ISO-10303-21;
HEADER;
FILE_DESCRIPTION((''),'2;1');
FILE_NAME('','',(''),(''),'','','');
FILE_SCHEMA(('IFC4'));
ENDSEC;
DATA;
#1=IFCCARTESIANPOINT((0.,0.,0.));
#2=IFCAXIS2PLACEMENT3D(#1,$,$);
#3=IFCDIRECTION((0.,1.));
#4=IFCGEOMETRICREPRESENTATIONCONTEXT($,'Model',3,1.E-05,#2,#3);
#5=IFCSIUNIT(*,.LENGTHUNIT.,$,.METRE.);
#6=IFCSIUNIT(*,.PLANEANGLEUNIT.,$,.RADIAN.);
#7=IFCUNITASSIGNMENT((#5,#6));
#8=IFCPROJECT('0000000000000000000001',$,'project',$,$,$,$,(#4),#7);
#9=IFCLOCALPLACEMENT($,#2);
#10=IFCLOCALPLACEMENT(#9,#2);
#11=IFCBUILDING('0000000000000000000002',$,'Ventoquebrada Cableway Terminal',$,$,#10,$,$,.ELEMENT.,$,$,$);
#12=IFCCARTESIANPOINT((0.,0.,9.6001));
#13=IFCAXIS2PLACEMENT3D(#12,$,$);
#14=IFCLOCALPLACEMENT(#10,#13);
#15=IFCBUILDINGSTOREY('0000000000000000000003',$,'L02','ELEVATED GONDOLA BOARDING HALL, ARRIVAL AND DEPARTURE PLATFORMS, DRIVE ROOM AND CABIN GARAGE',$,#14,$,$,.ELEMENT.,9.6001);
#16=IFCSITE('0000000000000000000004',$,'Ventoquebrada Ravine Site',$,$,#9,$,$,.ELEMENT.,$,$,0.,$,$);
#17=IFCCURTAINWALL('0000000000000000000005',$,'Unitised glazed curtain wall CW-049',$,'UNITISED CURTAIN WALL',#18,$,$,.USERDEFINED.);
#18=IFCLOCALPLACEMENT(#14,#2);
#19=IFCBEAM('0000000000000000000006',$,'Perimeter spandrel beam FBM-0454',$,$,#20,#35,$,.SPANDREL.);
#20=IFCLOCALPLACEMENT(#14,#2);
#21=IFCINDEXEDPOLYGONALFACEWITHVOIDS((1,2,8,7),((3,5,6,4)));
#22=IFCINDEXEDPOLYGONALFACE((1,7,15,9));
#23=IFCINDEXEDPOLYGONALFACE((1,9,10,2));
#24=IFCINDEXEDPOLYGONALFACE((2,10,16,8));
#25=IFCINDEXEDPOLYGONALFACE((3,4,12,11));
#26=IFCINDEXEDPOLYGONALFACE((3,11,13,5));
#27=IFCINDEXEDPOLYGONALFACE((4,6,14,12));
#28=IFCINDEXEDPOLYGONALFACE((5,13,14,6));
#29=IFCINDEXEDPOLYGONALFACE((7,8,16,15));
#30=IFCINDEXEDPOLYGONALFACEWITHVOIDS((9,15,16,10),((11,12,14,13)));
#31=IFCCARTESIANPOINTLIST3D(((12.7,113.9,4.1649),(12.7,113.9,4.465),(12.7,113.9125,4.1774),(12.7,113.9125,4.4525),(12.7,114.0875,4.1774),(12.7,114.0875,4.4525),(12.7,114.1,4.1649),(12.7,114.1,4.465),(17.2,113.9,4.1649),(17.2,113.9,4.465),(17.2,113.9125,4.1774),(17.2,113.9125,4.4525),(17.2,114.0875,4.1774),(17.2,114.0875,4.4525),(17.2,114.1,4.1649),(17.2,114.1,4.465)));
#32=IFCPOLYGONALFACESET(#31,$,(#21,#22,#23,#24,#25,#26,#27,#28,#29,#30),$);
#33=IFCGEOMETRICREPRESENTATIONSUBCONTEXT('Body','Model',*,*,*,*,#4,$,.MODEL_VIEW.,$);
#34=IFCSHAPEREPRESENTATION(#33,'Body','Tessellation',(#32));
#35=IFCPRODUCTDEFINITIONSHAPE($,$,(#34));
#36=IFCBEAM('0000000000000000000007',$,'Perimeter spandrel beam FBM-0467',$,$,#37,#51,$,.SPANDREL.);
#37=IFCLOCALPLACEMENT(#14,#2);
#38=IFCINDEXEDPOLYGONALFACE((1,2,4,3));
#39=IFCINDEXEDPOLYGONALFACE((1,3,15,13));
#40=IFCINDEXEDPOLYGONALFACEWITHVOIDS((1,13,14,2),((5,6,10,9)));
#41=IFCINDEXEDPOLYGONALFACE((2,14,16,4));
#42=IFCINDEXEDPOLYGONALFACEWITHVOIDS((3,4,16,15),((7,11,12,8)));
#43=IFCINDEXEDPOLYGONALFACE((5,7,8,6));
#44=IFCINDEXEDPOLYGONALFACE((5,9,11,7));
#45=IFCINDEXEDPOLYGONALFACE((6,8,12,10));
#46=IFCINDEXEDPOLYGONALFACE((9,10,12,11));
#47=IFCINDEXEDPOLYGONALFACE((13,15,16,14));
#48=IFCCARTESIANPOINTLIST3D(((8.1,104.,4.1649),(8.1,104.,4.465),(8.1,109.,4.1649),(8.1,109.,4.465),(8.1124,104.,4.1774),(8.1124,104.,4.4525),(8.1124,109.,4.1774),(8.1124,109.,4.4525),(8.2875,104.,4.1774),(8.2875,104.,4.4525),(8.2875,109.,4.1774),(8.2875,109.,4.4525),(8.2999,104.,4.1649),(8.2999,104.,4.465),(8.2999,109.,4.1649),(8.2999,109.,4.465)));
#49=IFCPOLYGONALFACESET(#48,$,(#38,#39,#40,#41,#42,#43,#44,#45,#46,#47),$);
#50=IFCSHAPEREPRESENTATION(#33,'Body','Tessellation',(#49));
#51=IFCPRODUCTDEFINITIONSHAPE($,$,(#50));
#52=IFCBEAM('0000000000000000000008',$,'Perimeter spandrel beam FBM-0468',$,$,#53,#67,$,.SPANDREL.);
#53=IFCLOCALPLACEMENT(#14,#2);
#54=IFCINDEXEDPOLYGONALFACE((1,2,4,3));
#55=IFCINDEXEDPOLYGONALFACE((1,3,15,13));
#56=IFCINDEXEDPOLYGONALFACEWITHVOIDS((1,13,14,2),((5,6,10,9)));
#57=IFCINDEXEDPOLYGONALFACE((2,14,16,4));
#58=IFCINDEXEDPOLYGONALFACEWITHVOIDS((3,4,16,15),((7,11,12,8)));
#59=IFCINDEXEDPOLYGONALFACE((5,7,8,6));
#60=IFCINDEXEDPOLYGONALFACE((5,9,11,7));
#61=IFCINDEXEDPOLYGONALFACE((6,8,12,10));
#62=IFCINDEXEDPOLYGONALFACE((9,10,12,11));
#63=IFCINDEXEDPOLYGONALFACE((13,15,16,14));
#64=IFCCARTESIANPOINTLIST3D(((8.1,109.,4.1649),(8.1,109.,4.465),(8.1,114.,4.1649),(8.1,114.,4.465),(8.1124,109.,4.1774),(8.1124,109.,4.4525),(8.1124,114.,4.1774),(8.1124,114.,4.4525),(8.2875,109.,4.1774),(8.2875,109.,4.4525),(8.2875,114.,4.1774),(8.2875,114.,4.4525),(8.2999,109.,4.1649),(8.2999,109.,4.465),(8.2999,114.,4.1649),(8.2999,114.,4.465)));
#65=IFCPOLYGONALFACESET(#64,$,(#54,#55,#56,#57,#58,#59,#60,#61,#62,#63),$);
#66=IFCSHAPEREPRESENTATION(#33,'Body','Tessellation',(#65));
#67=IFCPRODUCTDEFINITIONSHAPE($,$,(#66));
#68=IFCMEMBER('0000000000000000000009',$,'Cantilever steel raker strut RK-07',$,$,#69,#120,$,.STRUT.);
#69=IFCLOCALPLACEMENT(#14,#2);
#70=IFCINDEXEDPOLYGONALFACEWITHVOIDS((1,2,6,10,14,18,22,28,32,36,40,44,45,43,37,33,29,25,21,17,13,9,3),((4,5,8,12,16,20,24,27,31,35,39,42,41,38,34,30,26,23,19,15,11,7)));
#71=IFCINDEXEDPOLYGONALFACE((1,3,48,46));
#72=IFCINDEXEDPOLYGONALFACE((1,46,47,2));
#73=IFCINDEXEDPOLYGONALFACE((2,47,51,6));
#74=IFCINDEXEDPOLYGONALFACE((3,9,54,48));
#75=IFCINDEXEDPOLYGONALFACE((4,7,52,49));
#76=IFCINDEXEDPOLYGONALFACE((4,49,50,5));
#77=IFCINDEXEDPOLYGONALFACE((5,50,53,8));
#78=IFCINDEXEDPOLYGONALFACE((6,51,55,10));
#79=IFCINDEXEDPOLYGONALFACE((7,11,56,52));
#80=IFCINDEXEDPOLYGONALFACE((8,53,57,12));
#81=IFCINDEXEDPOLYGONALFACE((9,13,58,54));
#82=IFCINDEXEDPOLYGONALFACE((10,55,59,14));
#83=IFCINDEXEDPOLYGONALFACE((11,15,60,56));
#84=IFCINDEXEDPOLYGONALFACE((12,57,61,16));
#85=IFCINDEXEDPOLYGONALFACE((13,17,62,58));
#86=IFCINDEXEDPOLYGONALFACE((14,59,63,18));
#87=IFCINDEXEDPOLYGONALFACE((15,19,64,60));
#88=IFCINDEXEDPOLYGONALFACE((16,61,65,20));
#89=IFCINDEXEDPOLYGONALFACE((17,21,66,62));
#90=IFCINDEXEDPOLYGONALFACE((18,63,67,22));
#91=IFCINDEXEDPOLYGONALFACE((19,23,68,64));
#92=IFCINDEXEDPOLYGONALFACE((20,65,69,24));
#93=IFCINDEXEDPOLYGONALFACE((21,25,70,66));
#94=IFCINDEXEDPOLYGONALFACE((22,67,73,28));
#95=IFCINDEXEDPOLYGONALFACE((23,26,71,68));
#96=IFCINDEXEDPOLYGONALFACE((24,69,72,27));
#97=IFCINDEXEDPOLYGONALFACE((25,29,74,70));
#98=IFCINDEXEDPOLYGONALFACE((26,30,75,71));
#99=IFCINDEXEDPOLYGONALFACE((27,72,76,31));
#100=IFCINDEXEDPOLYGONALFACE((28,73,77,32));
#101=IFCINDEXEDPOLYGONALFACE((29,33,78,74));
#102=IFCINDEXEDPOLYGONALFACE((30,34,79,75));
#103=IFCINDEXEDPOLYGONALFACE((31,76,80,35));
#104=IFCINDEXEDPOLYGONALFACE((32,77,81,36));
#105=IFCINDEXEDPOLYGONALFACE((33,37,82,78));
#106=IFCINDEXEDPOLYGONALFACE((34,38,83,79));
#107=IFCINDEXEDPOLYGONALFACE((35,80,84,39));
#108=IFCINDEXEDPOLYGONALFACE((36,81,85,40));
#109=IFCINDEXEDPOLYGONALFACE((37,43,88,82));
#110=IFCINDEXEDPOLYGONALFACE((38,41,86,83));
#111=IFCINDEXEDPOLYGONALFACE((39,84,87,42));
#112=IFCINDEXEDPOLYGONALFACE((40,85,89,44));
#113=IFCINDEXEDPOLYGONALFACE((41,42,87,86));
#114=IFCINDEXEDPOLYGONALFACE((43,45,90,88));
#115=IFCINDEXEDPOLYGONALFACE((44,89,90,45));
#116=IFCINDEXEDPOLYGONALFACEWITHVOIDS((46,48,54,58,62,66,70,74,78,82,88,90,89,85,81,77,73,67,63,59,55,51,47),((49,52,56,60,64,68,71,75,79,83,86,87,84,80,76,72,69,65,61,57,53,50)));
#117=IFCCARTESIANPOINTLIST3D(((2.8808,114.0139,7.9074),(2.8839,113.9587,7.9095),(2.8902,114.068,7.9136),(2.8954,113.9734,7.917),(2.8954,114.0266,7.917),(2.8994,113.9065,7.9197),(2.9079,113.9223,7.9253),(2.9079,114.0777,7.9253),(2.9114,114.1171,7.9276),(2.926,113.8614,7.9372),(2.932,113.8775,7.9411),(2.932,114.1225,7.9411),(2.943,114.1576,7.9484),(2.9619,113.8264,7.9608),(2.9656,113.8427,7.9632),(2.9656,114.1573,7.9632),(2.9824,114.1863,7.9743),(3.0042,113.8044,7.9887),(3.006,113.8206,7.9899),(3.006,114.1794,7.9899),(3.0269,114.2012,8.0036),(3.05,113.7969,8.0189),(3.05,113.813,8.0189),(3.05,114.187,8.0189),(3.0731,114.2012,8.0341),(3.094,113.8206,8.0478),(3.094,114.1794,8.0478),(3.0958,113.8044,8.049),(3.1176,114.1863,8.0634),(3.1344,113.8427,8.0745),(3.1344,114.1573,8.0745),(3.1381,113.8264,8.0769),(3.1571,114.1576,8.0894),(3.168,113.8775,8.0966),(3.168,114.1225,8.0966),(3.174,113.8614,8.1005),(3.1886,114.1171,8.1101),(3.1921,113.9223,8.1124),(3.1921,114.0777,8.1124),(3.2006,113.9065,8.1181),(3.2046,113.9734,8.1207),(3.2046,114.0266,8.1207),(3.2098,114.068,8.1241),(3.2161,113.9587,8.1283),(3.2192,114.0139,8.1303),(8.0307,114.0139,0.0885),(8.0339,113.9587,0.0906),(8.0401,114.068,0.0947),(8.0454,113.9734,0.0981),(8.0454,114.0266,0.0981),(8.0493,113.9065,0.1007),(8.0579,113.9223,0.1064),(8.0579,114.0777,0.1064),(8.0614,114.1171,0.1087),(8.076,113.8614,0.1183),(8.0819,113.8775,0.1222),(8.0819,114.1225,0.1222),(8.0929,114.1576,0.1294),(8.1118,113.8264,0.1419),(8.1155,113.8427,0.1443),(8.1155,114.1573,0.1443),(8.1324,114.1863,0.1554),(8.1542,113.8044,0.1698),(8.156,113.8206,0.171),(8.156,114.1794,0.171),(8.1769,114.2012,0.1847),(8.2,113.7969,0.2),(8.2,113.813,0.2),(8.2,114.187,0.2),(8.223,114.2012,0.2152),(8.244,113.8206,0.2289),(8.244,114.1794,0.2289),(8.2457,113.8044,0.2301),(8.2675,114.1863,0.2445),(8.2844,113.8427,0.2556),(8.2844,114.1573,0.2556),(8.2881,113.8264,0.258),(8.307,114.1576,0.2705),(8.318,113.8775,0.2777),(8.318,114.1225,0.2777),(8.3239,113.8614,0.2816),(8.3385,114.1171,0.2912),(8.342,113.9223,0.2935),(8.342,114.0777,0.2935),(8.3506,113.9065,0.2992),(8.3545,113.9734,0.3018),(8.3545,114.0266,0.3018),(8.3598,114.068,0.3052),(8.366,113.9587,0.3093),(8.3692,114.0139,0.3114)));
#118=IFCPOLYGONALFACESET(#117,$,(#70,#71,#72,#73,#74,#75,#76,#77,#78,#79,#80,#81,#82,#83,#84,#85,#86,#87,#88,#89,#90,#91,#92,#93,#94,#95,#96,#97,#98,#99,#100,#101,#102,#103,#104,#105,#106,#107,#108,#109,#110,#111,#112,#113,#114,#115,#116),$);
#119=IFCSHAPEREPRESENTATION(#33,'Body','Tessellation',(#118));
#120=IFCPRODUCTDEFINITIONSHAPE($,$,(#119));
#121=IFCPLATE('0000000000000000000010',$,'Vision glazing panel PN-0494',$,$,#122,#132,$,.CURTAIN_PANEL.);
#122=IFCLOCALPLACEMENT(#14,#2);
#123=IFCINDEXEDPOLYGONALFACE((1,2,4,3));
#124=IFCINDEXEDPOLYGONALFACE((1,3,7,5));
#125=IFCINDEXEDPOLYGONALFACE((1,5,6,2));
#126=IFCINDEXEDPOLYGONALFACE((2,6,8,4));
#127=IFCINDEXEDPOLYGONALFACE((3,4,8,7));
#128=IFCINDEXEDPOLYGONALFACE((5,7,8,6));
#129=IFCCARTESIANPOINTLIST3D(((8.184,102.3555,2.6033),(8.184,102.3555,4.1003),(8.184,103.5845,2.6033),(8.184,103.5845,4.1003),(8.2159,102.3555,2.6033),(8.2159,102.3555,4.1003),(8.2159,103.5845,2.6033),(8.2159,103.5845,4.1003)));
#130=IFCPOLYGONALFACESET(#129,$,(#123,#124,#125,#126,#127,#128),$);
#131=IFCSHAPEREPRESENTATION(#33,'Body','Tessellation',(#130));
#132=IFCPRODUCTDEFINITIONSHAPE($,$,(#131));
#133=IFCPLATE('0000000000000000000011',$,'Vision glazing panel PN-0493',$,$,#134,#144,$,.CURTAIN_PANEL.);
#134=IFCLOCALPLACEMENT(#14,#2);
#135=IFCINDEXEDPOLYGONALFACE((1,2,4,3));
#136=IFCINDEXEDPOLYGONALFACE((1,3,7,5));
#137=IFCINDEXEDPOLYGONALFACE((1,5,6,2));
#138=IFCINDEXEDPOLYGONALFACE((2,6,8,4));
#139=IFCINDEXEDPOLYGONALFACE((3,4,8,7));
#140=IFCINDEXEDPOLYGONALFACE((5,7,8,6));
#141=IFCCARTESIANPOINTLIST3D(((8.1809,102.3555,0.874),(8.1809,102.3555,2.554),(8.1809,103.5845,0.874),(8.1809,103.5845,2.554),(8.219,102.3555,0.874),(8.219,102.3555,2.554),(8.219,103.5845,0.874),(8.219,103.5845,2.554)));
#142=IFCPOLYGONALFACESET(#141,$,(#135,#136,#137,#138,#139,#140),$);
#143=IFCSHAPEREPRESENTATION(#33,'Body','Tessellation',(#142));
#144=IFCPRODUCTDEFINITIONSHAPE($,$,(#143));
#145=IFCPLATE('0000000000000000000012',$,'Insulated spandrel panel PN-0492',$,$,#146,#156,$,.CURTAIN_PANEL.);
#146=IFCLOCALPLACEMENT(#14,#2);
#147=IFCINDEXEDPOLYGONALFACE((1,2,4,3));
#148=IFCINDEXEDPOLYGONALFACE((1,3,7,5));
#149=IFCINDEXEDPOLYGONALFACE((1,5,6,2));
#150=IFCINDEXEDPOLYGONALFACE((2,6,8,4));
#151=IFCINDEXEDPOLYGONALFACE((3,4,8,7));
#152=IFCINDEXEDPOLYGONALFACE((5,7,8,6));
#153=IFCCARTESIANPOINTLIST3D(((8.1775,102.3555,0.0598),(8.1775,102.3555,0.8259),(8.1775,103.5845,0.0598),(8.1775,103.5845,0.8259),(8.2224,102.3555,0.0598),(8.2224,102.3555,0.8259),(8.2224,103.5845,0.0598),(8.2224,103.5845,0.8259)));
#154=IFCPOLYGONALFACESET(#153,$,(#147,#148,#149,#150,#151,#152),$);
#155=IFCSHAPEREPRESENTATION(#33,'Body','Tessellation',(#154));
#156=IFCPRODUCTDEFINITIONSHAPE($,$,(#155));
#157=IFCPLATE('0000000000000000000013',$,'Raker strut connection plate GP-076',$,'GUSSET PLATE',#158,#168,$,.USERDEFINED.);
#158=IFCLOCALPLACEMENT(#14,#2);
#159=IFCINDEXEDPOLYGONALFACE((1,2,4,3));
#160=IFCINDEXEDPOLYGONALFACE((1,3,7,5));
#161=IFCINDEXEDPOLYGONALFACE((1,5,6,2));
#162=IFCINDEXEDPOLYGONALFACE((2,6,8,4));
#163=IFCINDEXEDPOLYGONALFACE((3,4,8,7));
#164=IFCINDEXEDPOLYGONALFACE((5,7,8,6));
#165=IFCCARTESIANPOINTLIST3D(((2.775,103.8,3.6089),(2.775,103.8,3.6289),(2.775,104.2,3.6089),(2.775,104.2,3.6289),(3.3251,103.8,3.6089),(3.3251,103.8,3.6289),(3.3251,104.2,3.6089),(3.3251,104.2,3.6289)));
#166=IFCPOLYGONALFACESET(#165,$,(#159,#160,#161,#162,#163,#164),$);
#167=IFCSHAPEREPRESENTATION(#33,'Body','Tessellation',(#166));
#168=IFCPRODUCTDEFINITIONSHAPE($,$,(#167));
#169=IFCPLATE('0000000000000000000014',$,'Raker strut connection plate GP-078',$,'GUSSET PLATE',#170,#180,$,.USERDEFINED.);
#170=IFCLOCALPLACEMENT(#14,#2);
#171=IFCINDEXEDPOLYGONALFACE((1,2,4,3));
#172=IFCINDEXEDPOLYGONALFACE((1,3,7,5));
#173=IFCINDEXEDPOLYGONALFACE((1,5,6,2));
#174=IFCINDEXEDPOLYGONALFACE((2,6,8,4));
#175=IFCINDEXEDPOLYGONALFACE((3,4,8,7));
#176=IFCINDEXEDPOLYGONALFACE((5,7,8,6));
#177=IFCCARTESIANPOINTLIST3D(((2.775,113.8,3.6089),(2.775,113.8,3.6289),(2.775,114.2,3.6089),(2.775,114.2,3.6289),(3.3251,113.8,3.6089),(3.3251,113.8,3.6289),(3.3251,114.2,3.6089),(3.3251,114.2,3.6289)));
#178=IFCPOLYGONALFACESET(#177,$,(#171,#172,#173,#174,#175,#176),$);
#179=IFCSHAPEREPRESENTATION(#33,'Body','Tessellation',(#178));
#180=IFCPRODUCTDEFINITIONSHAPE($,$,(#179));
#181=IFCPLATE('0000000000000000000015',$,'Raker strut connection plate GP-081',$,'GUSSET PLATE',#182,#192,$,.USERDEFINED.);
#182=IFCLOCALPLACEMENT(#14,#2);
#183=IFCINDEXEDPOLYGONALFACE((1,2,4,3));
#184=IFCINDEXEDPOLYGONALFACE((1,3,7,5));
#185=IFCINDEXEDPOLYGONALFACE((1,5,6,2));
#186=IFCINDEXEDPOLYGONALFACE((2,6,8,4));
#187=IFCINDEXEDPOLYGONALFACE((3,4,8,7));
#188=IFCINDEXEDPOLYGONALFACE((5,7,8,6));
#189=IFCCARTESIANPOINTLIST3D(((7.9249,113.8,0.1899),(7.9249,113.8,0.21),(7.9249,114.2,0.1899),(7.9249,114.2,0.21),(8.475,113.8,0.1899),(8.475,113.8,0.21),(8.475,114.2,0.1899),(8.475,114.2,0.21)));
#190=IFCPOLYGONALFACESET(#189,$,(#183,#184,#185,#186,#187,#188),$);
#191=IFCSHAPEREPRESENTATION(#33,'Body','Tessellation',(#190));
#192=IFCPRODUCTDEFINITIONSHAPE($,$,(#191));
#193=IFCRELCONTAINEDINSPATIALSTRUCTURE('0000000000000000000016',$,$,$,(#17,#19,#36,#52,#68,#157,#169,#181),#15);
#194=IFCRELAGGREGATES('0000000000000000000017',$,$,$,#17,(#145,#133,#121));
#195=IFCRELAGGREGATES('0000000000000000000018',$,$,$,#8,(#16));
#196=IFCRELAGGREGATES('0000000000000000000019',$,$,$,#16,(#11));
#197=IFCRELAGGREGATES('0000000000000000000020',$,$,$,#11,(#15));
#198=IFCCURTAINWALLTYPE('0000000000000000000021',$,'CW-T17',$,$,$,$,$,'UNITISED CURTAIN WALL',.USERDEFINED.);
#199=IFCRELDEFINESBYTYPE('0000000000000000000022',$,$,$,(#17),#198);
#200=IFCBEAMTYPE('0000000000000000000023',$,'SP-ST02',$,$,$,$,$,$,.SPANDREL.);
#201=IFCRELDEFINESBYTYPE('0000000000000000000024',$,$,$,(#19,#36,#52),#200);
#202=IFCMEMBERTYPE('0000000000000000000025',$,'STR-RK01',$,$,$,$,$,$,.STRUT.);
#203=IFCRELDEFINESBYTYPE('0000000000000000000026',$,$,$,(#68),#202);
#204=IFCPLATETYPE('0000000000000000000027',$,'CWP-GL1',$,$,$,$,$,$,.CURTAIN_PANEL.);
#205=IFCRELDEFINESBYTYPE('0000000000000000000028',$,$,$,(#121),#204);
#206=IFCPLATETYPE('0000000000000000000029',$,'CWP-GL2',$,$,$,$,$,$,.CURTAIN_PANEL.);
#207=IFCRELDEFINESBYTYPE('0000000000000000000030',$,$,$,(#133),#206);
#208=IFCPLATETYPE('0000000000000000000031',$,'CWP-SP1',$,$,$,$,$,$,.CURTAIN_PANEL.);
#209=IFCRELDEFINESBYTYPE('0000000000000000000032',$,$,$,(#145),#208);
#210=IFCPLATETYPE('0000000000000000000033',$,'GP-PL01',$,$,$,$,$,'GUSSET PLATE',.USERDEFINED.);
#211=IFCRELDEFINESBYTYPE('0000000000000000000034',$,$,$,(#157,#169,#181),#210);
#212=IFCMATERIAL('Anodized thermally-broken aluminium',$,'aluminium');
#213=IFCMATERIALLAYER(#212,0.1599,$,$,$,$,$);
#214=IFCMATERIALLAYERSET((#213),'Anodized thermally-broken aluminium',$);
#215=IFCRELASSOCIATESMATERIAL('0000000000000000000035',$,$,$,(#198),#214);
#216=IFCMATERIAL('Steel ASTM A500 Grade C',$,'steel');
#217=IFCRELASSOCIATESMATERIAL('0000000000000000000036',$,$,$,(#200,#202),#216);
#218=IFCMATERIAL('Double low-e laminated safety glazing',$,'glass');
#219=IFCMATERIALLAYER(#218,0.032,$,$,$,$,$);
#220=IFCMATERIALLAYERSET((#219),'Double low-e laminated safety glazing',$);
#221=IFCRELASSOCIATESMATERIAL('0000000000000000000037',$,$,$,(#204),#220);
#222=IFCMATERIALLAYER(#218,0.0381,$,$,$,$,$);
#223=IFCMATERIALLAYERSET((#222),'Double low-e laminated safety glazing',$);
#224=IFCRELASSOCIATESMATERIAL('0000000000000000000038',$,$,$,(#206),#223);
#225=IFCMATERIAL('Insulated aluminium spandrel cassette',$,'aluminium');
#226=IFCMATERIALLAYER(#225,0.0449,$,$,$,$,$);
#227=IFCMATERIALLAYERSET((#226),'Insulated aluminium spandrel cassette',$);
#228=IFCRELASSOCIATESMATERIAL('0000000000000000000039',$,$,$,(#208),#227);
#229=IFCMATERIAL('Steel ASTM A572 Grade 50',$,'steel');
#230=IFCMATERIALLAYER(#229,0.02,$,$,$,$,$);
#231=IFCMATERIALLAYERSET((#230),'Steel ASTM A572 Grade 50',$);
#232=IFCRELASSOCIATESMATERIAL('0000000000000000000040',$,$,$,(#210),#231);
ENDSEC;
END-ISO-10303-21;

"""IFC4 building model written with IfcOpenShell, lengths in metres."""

from ifc_helpers import new_model, si_unit, direction, frame, origin, origin_2d, place, context, subcontext, project, spatial, rectangle, hollow_rectangle, hollow_circle, extrude, material, layer, layer_set, material_profile, profile_set, type_object, element, aggregate, save


model = new_model("IFC4")

# Units and contexts
model_context = context("Model", 3, precision=1e-05, world=origin(), true_north=direction((0.0, 1.0)))
body_context = subcontext(model_context, "Body", "Model", "MODEL_VIEW")
ifc_project = project(units=[si_unit("LENGTHUNIT", "METRE"), si_unit("PLANEANGLEUNIT", "RADIAN")], contexts=[model_context])

# Site, building, storey
site_placement = place(None, origin())
site = spatial("IfcSite", under=ifc_project, at=site_placement, Name="Ventoquebrada Ravine Site", CompositionType="ELEMENT", RefElevation=0.0)
building_placement = place(site_placement, origin())
building = spatial("IfcBuilding", under=site, at=building_placement, Name="Ventoquebrada Cableway Terminal", CompositionType="ELEMENT")
storey_placement = place(building_placement, frame((0.0, 0.0, 9.6001)))
storey = spatial("IfcBuildingStorey", under=building, at=storey_placement, Name="L02", Description="ELEVATED GONDOLA BOARDING HALL, ARRIVAL AND DEPARTURE PLATFORMS, DRIVE ROOM AND CABIN GARAGE", CompositionType="ELEMENT", Elevation=9.6001)

# Curtain wall
ifc_material_1 = material(Name="Anodized thermally-broken aluminium", Category="aluminium")
ifc_layer_1 = layer(ifc_material_1, 0.1599)
ifc_layer_set_1 = layer_set([ifc_layer_1], Name="Anodized thermally-broken aluminium")
curtain_wall_type = type_object("IfcCurtainWallType", Name="CW-T17", ElementType="UNITISED CURTAIN WALL", PredefinedType="USERDEFINED", material=ifc_layer_set_1)
curtain_wall_placement = place(storey_placement, origin())
curtain_wall = element("IfcCurtainWall", 1, at=curtain_wall_placement, inside=storey, type_object=curtain_wall_type, Name="Unitised glazed curtain wall CW-049", ObjectType="UNITISED CURTAIN WALL", PredefinedType="USERDEFINED")

# Beams
ifc_material_2 = material(Name="Steel ASTM A500 Grade C", Category="steel")
ifc_material_profile_1 = material_profile(ifc_material_2, hollow_rectangle(XDim=0.2, YDim=0.3, WallThickness=0.0125, at=origin_2d()), Name="RHS300X200X12.5")
ifc_profile_set_1 = profile_set([ifc_material_profile_1], Name="Steel ASTM A500 Grade C")
beam_type_1 = type_object("IfcBeamType", Name="SP-ST02", PredefinedType="SPANDREL", material=ifc_profile_set_1)
for number, where, z_axis, x_axis, name in (
    (2, (12.7, 114.0, 4.3149), (1.0, 0.0, 0.0), (0.0, 1.0, 0.0), "Perimeter spandrel beam FBM-0454"),
):
    element("IfcBeam", number, at=place(storey_placement, frame(where, z_axis=z_axis, x_axis=x_axis)), inside=storey, type_object=beam_type_1, Name=name, PredefinedType="SPANDREL", context=body_context, shape_type="SweptSolid", body=[
        extrude(hollow_rectangle(XDim=0.2, YDim=0.3, WallThickness=0.0125, at=origin_2d()), origin(), (0.0, 0.0, 1.0), 4.5),
    ])
for number, where, z_axis, x_axis, name in (
    (3, (8.2, 104.0, 4.3149), (0.0, 1.0, 0.0), (-1.0, 0.0, 0.0), "Perimeter spandrel beam FBM-0467"),
    (4, (8.2, 109.0, 4.3149), (0.0, 1.0, 0.0), (-1.0, 0.0, 0.0), "Perimeter spandrel beam FBM-0468"),
):
    element("IfcBeam", number, at=place(storey_placement, frame(where, z_axis=z_axis, x_axis=x_axis)), inside=storey, type_object=beam_type_1, Name=name, PredefinedType="SPANDREL", context=body_context, shape_type="SweptSolid", body=[
        extrude(hollow_rectangle(XDim=0.2, YDim=0.3, WallThickness=0.0125, at=origin_2d()), origin(), (0.0, 0.0, 1.0), 5.0),
    ])

# Member
ifc_material_profile_2 = material_profile(ifc_material_2, hollow_circle(Radius=0.2031, WallThickness=0.0161, at=origin_2d()), Name="CHS406.4X16")
ifc_profile_set_2 = profile_set([ifc_material_profile_2], Name="Steel ASTM A500 Grade C")
member_type_1 = type_object("IfcMemberType", Name="STR-RK01", PredefinedType="STRUT", material=ifc_profile_set_2)
member_1_placement = place(storey_placement, frame((8.2, 114.0, 0.2), z_axis=(-0.550058, 0.0, 0.835126), x_axis=(0.0, -1.0, 0.0)))
element("IfcMember", 5, at=member_1_placement, inside=storey, type_object=member_type_1, Name="Cantilever steel raker strut RK-07", PredefinedType="STRUT", context=body_context, shape_type="SweptSolid", body=[
    extrude(hollow_circle(Radius=0.2031, WallThickness=0.0161, at=origin_2d()), origin(), (0.0, 0.0, 1.0), 9.3625),
])

# Plates
ifc_material_3 = material(Name="Double low-e laminated safety glazing", Category="glass")
ifc_layer_2 = layer(ifc_material_3, 0.032)
ifc_layer_set_2 = layer_set([ifc_layer_2], Name="Double low-e laminated safety glazing")
plate_type_1 = type_object("IfcPlateType", Name="CWP-GL1", PredefinedType="CURTAIN_PANEL", material=ifc_layer_set_2)
plate_1_placement = place(storey_placement, frame((8.2, 102.97, 2.6033), z_axis=(0.0, 0.0, 1.0), x_axis=(0.0, -1.0, 0.0)))
plate_1 = element("IfcPlate", 6, at=plate_1_placement, type_object=plate_type_1, Name="Vision glazing panel PN-0494", PredefinedType="CURTAIN_PANEL", context=body_context, shape_type="SweptSolid", body=[
    extrude(rectangle(XDim=1.229, YDim=0.032, at=origin_2d()), origin(), (0.0, 0.0, 1.0), 1.4971),
])
ifc_layer_3 = layer(ifc_material_3, 0.0381)
ifc_layer_set_3 = layer_set([ifc_layer_3], Name="Double low-e laminated safety glazing")
plate_type_2 = type_object("IfcPlateType", Name="CWP-GL2", PredefinedType="CURTAIN_PANEL", material=ifc_layer_set_3)
plate_2_placement = place(storey_placement, frame((8.2, 102.97, 0.874), z_axis=(0.0, 0.0, 1.0), x_axis=(0.0, -1.0, 0.0)))
plate_2 = element("IfcPlate", 7, at=plate_2_placement, type_object=plate_type_2, Name="Vision glazing panel PN-0493", PredefinedType="CURTAIN_PANEL", context=body_context, shape_type="SweptSolid", body=[
    extrude(rectangle(XDim=1.229, YDim=0.0381, at=origin_2d()), origin(), (0.0, 0.0, 1.0), 1.6799),
])
ifc_material_4 = material(Name="Insulated aluminium spandrel cassette", Category="aluminium")
ifc_layer_4 = layer(ifc_material_4, 0.0449)
ifc_layer_set_4 = layer_set([ifc_layer_4], Name="Insulated aluminium spandrel cassette")
plate_type_3 = type_object("IfcPlateType", Name="CWP-SP1", PredefinedType="CURTAIN_PANEL", material=ifc_layer_set_4)
plate_3_placement = place(storey_placement, frame((8.2, 102.97, 0.0598), z_axis=(0.0, 0.0, 1.0), x_axis=(0.0, -1.0, 0.0)))
plate_3 = element("IfcPlate", 8, at=plate_3_placement, type_object=plate_type_3, Name="Insulated spandrel panel PN-0492", PredefinedType="CURTAIN_PANEL", context=body_context, shape_type="SweptSolid", body=[
    extrude(rectangle(XDim=1.229, YDim=0.0449, at=origin_2d()), origin(), (0.0, 0.0, 1.0), 0.7661),
])
aggregate(curtain_wall, [plate_3, plate_2, plate_1])

# Plates
ifc_material_5 = material(Name="Steel ASTM A572 Grade 50", Category="steel")
ifc_layer_5 = layer(ifc_material_5, 0.02)
ifc_layer_set_5 = layer_set([ifc_layer_5], Name="Steel ASTM A572 Grade 50")
plate_type_4 = type_object("IfcPlateType", Name="GP-PL01", ElementType="GUSSET PLATE", PredefinedType="USERDEFINED", material=ifc_layer_set_5)
for number, where, z_axis, x_axis, name in (
    (9, (3.05, 104.0, 3.6089), (0.0, 0.0, 1.0), (1.0, 0.0, 0.0), "Raker strut connection plate GP-076"),
    (10, (3.05, 114.0, 3.6089), (0.0, 0.0, 1.0), (1.0, 0.0, 0.0), "Raker strut connection plate GP-078"),
    (11, (8.2, 114.0, 0.1899), (0.0, 0.0, 1.0), (1.0, 0.0, 0.0), "Raker strut connection plate GP-081"),
):
    element("IfcPlate", number, at=place(storey_placement, frame(where, z_axis=z_axis, x_axis=x_axis)), inside=storey, type_object=plate_type_4, Name=name, ObjectType="GUSSET PLATE", PredefinedType="USERDEFINED", context=body_context, shape_type="SweptSolid", body=[
        extrude(rectangle(XDim=0.55, YDim=0.3999, at=origin_2d()), origin(), (0.0, 0.0, 1.0), 0.02),
    ])

save(model, "model.ifc")
